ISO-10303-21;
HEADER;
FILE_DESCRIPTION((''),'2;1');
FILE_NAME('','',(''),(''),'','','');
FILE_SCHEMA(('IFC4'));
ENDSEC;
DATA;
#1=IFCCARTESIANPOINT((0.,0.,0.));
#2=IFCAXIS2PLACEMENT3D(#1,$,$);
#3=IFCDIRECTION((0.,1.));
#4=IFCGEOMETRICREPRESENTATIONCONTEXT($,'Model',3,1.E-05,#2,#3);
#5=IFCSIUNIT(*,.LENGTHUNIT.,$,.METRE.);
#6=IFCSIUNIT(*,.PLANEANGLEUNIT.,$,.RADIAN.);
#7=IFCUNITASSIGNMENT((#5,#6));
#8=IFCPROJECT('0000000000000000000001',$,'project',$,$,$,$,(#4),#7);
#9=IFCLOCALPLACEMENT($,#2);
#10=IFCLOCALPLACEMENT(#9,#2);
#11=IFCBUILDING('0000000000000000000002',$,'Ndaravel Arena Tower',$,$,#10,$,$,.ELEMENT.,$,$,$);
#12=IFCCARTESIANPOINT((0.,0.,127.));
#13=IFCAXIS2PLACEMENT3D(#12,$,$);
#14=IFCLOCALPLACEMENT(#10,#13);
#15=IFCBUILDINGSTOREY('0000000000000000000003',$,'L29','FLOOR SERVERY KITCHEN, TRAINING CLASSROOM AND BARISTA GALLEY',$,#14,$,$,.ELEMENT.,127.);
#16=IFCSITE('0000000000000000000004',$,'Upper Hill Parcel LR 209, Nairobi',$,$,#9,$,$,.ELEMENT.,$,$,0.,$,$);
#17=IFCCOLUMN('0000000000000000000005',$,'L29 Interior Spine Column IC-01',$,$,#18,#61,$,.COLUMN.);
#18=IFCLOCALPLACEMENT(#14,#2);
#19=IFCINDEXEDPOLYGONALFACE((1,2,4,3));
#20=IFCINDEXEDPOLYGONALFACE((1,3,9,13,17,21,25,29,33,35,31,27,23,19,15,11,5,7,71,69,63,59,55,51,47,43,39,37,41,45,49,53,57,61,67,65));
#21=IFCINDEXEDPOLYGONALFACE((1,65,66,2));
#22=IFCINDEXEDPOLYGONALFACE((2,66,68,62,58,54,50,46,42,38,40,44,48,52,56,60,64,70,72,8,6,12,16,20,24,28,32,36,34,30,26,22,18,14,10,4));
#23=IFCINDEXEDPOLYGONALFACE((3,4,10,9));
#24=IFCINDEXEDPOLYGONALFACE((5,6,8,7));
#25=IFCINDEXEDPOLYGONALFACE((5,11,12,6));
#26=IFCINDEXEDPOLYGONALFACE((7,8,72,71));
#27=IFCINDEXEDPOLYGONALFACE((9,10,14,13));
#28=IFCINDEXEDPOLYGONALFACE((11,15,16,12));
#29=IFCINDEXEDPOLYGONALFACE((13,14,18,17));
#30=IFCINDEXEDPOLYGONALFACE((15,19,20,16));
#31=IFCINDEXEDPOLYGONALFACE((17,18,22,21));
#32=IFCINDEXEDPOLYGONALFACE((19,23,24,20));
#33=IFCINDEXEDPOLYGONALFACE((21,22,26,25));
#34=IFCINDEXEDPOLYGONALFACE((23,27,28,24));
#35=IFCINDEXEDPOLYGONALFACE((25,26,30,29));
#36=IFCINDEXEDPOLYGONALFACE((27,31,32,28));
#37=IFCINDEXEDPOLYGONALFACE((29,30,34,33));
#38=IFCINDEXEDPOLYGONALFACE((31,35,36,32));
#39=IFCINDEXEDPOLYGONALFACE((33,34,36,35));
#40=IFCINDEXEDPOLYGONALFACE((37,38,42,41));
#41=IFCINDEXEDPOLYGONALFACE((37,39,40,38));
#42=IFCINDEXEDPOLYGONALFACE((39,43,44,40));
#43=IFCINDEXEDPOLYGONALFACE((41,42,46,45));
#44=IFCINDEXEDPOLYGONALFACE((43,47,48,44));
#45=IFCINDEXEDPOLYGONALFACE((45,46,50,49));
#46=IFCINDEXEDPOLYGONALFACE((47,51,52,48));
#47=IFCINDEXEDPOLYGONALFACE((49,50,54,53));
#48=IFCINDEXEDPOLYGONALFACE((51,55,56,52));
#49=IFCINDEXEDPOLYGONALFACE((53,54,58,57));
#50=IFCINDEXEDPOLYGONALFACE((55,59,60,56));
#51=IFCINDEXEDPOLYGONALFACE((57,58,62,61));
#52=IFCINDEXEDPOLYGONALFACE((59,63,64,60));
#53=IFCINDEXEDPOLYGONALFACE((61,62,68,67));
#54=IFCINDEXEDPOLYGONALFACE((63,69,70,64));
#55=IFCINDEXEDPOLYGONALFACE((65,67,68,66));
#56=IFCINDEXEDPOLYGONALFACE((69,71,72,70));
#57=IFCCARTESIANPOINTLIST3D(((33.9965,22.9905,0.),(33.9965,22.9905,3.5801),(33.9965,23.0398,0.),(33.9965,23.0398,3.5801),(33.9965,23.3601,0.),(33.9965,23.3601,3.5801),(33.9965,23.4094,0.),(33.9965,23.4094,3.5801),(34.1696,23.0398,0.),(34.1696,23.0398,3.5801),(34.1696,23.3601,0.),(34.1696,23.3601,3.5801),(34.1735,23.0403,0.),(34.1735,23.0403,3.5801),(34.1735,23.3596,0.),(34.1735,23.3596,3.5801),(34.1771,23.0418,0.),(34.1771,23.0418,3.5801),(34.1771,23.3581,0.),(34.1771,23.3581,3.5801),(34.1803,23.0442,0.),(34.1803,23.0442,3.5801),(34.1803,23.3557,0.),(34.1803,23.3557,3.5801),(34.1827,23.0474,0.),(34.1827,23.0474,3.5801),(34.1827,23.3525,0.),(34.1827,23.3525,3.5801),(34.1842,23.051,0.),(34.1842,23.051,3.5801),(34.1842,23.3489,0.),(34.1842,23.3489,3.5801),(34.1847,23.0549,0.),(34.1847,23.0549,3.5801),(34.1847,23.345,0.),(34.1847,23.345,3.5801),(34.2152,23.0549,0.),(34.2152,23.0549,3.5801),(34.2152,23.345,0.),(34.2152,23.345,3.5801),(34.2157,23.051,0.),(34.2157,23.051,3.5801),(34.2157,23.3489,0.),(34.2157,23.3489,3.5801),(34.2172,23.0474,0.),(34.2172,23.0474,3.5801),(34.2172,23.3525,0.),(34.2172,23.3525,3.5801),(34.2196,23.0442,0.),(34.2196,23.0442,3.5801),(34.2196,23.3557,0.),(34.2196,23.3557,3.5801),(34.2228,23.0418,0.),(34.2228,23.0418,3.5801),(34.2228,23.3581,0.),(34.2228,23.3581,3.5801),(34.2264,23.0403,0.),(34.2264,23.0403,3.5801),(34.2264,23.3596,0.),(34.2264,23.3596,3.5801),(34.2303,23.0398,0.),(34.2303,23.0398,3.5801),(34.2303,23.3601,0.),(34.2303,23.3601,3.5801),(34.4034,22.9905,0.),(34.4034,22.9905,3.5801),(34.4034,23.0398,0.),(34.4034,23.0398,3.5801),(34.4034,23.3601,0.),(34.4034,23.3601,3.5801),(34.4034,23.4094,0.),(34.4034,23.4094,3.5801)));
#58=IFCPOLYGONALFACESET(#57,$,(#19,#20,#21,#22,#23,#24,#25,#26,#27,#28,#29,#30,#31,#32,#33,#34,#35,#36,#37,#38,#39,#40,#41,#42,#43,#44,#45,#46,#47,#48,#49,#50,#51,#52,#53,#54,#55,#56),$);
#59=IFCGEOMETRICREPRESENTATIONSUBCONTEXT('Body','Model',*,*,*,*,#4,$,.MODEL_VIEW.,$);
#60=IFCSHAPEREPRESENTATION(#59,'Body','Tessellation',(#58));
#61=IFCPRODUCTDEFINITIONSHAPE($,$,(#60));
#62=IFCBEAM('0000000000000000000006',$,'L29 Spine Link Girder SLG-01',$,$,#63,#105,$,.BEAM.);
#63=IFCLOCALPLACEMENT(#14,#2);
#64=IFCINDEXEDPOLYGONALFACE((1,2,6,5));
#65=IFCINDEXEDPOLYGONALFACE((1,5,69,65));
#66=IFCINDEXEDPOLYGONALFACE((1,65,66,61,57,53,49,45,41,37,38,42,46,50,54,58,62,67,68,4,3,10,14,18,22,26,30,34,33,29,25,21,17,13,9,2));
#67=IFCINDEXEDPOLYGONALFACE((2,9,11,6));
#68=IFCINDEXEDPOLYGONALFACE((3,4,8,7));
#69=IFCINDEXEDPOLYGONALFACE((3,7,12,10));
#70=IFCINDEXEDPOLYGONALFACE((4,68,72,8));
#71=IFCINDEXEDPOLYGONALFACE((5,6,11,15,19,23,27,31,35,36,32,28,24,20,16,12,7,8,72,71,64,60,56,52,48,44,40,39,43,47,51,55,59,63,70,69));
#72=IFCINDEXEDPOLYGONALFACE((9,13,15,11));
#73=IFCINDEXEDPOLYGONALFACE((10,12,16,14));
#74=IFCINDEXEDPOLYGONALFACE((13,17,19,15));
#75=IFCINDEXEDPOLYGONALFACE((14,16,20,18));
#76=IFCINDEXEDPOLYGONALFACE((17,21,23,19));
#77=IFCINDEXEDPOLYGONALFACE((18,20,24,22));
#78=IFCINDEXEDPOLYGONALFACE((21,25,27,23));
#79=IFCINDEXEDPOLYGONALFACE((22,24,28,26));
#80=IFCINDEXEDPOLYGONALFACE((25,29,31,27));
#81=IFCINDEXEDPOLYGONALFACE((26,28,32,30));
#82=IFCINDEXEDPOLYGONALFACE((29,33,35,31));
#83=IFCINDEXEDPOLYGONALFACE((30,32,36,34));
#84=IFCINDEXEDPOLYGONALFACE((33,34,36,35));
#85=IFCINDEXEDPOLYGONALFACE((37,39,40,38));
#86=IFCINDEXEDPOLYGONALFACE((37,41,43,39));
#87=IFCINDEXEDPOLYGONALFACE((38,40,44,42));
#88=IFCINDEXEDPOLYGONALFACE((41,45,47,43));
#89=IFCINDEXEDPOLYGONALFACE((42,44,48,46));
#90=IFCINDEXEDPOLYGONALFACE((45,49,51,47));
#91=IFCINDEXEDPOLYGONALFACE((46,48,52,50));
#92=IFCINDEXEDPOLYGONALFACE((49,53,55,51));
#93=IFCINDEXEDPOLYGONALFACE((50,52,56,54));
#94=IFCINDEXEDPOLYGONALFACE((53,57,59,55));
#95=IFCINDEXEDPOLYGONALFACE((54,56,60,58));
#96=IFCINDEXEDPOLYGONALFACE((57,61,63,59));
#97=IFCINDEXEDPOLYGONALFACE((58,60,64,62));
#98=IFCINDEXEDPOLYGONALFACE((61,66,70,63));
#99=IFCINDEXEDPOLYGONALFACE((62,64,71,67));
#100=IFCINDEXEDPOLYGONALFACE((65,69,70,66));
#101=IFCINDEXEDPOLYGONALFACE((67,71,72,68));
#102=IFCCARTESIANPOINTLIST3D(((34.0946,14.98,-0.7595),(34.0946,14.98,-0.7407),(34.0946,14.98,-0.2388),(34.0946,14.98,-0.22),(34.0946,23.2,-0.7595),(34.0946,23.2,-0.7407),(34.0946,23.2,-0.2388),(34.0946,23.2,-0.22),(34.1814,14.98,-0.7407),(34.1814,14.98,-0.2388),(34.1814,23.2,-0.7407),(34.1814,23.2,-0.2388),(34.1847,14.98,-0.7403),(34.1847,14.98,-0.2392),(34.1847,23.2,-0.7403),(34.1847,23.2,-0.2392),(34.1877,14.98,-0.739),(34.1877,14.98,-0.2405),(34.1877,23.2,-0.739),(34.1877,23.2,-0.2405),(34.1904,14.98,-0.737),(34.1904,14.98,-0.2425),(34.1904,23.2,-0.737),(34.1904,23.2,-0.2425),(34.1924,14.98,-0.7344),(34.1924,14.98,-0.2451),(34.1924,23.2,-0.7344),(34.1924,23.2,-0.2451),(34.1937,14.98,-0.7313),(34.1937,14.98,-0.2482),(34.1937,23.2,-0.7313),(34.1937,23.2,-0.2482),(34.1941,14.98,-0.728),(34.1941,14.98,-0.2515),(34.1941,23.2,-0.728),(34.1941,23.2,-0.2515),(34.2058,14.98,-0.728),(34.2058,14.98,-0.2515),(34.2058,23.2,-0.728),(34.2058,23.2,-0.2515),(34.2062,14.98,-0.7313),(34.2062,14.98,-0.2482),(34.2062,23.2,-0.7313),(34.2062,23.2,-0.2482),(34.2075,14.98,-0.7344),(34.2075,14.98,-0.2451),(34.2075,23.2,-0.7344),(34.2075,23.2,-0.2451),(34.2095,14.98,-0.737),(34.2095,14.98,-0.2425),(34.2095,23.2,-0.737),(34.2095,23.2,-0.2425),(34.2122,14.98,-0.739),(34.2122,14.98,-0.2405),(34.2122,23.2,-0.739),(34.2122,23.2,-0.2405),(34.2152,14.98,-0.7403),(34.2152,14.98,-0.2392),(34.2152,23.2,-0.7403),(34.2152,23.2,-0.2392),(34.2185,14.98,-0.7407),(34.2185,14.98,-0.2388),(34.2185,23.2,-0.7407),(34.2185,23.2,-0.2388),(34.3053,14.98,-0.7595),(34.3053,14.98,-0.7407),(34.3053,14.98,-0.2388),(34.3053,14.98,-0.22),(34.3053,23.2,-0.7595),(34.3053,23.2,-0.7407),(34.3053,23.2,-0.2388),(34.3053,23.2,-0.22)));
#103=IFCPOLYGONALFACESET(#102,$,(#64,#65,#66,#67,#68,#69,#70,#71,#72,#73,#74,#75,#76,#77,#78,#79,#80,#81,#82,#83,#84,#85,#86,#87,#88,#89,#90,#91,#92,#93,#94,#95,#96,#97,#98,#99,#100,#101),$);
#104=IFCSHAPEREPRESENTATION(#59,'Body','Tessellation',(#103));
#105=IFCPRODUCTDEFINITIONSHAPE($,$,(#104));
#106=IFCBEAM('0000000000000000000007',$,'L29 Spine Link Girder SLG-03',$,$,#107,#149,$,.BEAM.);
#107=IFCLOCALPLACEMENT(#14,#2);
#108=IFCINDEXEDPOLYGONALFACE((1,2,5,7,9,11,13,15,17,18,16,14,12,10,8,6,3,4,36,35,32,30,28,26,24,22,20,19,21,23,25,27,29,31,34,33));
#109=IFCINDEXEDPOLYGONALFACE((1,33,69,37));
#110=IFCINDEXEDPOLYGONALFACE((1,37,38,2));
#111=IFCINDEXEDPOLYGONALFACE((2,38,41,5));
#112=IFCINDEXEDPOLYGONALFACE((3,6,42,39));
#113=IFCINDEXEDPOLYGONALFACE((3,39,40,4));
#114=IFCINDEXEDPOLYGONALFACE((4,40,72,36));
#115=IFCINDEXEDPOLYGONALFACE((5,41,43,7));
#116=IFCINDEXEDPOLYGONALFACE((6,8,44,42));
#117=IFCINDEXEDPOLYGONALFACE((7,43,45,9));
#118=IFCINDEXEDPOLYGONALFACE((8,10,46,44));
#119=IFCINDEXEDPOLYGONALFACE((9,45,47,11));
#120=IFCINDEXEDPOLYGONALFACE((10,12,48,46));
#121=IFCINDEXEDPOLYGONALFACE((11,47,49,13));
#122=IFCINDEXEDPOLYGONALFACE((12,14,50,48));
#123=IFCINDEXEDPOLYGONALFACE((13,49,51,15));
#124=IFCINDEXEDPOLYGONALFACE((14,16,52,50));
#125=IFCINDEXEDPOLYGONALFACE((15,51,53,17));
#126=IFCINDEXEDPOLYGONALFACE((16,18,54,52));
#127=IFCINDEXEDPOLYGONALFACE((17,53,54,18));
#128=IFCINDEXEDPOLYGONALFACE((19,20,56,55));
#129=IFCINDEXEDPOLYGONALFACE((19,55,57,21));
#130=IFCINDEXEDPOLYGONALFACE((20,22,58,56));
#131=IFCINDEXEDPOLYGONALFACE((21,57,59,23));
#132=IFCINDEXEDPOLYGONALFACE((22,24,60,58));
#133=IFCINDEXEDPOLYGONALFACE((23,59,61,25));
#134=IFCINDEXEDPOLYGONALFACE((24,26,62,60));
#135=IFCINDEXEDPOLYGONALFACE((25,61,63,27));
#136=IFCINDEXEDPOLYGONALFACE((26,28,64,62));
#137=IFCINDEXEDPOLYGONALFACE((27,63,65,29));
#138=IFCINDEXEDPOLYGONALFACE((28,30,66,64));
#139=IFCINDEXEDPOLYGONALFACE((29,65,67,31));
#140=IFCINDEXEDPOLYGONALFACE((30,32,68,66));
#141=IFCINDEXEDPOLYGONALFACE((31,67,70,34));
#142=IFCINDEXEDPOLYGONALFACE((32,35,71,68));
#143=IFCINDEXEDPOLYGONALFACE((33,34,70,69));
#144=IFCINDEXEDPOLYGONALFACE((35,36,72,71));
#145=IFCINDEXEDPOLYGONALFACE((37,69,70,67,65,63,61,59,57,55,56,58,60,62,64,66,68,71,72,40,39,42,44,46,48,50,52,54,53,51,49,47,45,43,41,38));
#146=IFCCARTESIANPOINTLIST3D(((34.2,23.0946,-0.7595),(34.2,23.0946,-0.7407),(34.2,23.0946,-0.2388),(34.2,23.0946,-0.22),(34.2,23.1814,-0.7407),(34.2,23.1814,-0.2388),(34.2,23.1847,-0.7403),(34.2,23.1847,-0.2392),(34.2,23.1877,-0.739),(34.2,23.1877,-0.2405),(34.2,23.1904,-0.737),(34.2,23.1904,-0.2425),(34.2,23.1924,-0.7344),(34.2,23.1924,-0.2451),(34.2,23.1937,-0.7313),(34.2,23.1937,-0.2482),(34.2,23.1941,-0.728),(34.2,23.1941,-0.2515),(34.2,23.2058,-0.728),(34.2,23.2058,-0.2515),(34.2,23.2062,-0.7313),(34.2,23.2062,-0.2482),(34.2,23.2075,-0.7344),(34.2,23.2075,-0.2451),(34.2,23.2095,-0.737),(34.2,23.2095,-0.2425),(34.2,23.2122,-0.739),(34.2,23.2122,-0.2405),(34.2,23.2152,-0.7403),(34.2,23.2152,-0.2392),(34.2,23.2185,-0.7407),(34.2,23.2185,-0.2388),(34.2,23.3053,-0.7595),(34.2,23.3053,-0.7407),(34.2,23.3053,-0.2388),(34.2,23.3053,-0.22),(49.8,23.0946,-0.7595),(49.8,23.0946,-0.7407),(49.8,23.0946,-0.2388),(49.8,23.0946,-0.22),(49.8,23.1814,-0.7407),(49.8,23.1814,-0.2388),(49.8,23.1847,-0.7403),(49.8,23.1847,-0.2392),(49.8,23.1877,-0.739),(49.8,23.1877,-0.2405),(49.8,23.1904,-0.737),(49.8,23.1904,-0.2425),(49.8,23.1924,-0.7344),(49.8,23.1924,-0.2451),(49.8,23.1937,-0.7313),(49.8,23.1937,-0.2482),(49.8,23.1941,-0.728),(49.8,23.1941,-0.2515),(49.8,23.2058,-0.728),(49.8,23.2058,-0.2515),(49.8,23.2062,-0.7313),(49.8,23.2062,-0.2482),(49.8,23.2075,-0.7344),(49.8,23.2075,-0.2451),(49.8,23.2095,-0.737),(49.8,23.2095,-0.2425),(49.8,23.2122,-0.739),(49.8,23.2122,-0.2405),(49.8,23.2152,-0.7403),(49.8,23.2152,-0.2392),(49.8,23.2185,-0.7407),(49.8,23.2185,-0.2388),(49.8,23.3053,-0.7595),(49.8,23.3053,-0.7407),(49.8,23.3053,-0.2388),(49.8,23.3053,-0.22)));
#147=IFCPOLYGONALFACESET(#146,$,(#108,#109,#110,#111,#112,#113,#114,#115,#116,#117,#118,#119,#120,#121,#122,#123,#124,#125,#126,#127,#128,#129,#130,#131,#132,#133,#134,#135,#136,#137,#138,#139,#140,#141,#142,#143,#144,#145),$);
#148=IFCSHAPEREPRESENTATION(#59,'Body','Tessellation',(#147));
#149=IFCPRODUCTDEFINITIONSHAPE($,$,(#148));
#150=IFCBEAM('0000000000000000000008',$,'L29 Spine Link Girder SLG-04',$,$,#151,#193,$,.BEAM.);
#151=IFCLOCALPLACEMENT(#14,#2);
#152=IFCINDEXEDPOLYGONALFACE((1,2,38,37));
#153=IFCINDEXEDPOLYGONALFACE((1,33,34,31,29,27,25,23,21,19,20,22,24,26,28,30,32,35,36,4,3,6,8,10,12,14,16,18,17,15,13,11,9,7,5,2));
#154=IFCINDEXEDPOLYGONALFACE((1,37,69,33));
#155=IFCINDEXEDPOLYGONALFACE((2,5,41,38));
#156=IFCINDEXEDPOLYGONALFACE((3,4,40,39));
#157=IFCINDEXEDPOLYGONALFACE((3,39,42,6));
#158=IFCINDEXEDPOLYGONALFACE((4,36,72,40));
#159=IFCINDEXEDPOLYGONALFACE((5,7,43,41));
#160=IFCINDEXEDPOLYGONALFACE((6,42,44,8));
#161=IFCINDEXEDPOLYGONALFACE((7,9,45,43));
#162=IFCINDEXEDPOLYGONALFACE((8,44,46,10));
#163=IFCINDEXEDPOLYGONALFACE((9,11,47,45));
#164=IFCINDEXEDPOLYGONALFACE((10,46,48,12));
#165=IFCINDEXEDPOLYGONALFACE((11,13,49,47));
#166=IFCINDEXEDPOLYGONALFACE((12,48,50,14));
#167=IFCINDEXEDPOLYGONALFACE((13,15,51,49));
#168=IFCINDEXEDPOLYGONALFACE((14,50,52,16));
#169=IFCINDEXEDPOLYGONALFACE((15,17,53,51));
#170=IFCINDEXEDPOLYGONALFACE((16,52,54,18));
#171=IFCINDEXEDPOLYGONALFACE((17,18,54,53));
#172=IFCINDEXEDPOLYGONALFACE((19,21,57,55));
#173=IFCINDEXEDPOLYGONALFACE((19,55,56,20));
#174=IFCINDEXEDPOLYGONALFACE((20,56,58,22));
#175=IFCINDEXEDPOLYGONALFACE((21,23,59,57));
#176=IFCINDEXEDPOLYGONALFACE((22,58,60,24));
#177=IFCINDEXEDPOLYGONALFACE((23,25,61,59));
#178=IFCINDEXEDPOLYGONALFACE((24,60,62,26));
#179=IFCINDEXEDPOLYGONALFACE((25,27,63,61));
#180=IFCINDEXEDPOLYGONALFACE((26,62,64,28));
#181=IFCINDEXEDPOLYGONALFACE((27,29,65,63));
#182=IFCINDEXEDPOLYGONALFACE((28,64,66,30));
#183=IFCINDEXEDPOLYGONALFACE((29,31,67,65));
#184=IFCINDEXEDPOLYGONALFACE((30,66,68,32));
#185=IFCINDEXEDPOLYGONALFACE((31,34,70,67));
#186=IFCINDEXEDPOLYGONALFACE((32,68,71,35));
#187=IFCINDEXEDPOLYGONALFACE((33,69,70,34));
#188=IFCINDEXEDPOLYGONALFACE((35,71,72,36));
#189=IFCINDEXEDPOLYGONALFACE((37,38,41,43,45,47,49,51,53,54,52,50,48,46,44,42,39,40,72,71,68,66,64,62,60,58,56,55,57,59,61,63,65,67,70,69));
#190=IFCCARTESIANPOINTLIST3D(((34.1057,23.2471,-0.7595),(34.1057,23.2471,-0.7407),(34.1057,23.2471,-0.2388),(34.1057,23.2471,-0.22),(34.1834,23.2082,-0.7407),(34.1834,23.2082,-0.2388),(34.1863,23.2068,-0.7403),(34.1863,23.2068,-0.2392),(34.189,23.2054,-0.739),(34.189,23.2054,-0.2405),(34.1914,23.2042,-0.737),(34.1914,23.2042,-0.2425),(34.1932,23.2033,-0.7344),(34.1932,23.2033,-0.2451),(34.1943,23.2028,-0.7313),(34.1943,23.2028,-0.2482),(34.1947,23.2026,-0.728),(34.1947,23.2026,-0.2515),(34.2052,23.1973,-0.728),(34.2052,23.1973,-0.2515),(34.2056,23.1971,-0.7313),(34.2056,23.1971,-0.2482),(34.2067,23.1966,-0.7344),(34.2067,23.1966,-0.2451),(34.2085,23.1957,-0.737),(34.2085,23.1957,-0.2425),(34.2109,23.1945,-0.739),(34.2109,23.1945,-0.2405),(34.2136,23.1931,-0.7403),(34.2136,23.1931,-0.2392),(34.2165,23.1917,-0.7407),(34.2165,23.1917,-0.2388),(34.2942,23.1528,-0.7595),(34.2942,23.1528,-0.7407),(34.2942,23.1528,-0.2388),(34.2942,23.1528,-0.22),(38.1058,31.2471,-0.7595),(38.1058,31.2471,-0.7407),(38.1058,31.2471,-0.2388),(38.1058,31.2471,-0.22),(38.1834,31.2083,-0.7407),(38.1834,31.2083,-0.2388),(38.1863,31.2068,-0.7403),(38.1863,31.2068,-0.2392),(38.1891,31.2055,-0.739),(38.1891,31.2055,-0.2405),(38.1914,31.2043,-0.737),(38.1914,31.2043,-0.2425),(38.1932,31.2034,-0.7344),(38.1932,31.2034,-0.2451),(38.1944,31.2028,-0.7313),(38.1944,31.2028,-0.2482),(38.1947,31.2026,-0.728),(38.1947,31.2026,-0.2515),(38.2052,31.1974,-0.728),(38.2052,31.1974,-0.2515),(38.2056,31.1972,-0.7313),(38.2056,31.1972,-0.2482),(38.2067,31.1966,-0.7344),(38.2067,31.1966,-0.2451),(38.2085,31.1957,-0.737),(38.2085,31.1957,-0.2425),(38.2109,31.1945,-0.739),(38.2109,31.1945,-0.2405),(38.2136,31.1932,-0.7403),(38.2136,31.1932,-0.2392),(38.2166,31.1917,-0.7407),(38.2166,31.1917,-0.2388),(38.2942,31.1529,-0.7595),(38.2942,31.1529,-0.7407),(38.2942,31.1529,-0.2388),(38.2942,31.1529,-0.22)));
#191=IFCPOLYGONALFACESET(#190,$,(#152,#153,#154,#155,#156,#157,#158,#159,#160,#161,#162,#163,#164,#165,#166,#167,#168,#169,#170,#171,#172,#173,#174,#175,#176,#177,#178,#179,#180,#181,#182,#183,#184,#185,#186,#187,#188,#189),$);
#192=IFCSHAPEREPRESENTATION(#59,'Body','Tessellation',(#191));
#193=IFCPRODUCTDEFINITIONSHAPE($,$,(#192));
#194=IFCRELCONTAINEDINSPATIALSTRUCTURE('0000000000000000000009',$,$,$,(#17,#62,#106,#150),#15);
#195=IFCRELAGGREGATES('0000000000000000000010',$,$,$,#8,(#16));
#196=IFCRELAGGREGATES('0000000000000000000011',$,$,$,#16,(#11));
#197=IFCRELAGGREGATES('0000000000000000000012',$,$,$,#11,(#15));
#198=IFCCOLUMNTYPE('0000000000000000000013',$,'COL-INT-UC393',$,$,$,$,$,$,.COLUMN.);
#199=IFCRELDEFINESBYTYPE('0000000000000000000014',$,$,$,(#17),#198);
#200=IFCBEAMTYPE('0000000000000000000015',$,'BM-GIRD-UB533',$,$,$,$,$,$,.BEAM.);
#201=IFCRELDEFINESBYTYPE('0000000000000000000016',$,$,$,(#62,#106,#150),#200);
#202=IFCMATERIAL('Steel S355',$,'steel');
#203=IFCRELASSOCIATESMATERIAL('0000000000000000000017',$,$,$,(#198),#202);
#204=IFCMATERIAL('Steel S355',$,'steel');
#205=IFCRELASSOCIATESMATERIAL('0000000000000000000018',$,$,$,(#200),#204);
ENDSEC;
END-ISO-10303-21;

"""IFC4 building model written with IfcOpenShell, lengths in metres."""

from ifc_helpers import new_model, si_unit, direction, frame, origin, origin_2d, place, context, subcontext, project, spatial, i_section, extrude, material, material_profile, profile_set, type_object, element, save


model = new_model("IFC4")

# Units and contexts
model_context = context("Model", 3, precision=1e-05, world=origin(), true_north=direction((0.0, 1.0)))
body_context = subcontext(model_context, "Body", "Model", "MODEL_VIEW")
ifc_project = project(units=[si_unit("LENGTHUNIT", "METRE"), si_unit("PLANEANGLEUNIT", "RADIAN")], contexts=[model_context])

# Site, building, storey
site_placement = place(None, origin())
site = spatial("IfcSite", under=ifc_project, at=site_placement, Name="Upper Hill Parcel LR 209, Nairobi", CompositionType="ELEMENT", RefElevation=0.0)
building_placement = place(site_placement, origin())
building = spatial("IfcBuilding", under=site, at=building_placement, Name="Ndaravel Arena Tower", CompositionType="ELEMENT")
storey_placement = place(building_placement, frame((0.0, 0.0, 127.0)))
storey = spatial("IfcBuildingStorey", under=building, at=storey_placement, Name="L29", Description="FLOOR SERVERY KITCHEN, TRAINING CLASSROOM AND BARISTA GALLEY", CompositionType="ELEMENT", Elevation=127.0)

# Column
ifc_material_1 = material(Name="Steel S355", Category="steel")
ifc_material_profile_1 = material_profile(ifc_material_1, i_section(OverallWidth=0.407, OverallDepth=0.4189, WebThickness=0.0305, FlangeThickness=0.0493, FilletRadius=0.0151, at=origin_2d()), Name="UC 356x406x393")
ifc_profile_set_1 = profile_set([ifc_material_profile_1], Name="Steel S355")
column_type = type_object("IfcColumnType", Name="COL-INT-UC393", PredefinedType="COLUMN", material=ifc_profile_set_1)
column_placement = place(storey_placement, frame((34.2, 23.2, 0.0), z_axis=(0.0, 0.0, 1.0), x_axis=(1.0, 0.0, 0.0)))
element("IfcColumn", 1, at=column_placement, inside=storey, type_object=column_type, Name="L29 Interior Spine Column IC-01", PredefinedType="COLUMN", context=body_context, shape_type="SweptSolid", body=[
    extrude(i_section(OverallWidth=0.407, OverallDepth=0.4189, WebThickness=0.0305, FlangeThickness=0.0493, FilletRadius=0.0151, at=origin_2d()), origin(), (0.0, 0.0, 1.0), 3.5801),
])

# Beams
ifc_material_2 = material(Name="Steel S355", Category="steel")
ifc_material_profile_2 = material_profile(ifc_material_2, i_section(OverallWidth=0.2107, OverallDepth=0.5396, WebThickness=0.0117, FlangeThickness=0.0188, FilletRadius=0.0127, at=origin_2d()), Name="UB 533x210x109")
ifc_profile_set_2 = profile_set([ifc_material_profile_2], Name="Steel S355")
beam_type = type_object("IfcBeamType", Name="BM-GIRD-UB533", PredefinedType="BEAM", material=ifc_profile_set_2)
beam_1_placement = place(storey_placement, frame((34.2, 14.98, -0.4897), z_axis=(0.0, 1.0, 0.0), x_axis=(-1.0, 0.0, 0.0)))
element("IfcBeam", 2, at=beam_1_placement, inside=storey, type_object=beam_type, Name="L29 Spine Link Girder SLG-01", PredefinedType="BEAM", context=body_context, shape_type="SweptSolid", body=[
    extrude(i_section(OverallWidth=0.2107, OverallDepth=0.5396, WebThickness=0.0117, FlangeThickness=0.0188, FilletRadius=0.0127, at=origin_2d()), origin(), (0.0, 0.0, 1.0), 8.22),
])
beam_2_placement = place(storey_placement, frame((34.2, 23.2, -0.4897), z_axis=(1.0, 0.0, 0.0), x_axis=(0.0, 1.0, 0.0)))
element("IfcBeam", 3, at=beam_2_placement, inside=storey, type_object=beam_type, Name="L29 Spine Link Girder SLG-03", PredefinedType="BEAM", context=body_context, shape_type="SweptSolid", body=[
    extrude(i_section(OverallWidth=0.2107, OverallDepth=0.5396, WebThickness=0.0117, FlangeThickness=0.0188, FilletRadius=0.0127, at=origin_2d()), origin(), (0.0, 0.0, 1.0), 15.6001),
])
beam_3_placement = place(storey_placement, frame((34.2, 23.2, -0.4897), z_axis=(0.447214, 0.894427, 0.0), x_axis=(-0.894427, 0.447214, 0.0)))
element("IfcBeam", 4, at=beam_3_placement, inside=storey, type_object=beam_type, Name="L29 Spine Link Girder SLG-04", PredefinedType="BEAM", context=body_context, shape_type="SweptSolid", body=[
    extrude(i_section(OverallWidth=0.2107, OverallDepth=0.5396, WebThickness=0.0117, FlangeThickness=0.0188, FilletRadius=0.0127, at=origin_2d()), origin(), (0.0, 0.0, 1.0), 8.9443),
])

save(model, "model.ifc")
